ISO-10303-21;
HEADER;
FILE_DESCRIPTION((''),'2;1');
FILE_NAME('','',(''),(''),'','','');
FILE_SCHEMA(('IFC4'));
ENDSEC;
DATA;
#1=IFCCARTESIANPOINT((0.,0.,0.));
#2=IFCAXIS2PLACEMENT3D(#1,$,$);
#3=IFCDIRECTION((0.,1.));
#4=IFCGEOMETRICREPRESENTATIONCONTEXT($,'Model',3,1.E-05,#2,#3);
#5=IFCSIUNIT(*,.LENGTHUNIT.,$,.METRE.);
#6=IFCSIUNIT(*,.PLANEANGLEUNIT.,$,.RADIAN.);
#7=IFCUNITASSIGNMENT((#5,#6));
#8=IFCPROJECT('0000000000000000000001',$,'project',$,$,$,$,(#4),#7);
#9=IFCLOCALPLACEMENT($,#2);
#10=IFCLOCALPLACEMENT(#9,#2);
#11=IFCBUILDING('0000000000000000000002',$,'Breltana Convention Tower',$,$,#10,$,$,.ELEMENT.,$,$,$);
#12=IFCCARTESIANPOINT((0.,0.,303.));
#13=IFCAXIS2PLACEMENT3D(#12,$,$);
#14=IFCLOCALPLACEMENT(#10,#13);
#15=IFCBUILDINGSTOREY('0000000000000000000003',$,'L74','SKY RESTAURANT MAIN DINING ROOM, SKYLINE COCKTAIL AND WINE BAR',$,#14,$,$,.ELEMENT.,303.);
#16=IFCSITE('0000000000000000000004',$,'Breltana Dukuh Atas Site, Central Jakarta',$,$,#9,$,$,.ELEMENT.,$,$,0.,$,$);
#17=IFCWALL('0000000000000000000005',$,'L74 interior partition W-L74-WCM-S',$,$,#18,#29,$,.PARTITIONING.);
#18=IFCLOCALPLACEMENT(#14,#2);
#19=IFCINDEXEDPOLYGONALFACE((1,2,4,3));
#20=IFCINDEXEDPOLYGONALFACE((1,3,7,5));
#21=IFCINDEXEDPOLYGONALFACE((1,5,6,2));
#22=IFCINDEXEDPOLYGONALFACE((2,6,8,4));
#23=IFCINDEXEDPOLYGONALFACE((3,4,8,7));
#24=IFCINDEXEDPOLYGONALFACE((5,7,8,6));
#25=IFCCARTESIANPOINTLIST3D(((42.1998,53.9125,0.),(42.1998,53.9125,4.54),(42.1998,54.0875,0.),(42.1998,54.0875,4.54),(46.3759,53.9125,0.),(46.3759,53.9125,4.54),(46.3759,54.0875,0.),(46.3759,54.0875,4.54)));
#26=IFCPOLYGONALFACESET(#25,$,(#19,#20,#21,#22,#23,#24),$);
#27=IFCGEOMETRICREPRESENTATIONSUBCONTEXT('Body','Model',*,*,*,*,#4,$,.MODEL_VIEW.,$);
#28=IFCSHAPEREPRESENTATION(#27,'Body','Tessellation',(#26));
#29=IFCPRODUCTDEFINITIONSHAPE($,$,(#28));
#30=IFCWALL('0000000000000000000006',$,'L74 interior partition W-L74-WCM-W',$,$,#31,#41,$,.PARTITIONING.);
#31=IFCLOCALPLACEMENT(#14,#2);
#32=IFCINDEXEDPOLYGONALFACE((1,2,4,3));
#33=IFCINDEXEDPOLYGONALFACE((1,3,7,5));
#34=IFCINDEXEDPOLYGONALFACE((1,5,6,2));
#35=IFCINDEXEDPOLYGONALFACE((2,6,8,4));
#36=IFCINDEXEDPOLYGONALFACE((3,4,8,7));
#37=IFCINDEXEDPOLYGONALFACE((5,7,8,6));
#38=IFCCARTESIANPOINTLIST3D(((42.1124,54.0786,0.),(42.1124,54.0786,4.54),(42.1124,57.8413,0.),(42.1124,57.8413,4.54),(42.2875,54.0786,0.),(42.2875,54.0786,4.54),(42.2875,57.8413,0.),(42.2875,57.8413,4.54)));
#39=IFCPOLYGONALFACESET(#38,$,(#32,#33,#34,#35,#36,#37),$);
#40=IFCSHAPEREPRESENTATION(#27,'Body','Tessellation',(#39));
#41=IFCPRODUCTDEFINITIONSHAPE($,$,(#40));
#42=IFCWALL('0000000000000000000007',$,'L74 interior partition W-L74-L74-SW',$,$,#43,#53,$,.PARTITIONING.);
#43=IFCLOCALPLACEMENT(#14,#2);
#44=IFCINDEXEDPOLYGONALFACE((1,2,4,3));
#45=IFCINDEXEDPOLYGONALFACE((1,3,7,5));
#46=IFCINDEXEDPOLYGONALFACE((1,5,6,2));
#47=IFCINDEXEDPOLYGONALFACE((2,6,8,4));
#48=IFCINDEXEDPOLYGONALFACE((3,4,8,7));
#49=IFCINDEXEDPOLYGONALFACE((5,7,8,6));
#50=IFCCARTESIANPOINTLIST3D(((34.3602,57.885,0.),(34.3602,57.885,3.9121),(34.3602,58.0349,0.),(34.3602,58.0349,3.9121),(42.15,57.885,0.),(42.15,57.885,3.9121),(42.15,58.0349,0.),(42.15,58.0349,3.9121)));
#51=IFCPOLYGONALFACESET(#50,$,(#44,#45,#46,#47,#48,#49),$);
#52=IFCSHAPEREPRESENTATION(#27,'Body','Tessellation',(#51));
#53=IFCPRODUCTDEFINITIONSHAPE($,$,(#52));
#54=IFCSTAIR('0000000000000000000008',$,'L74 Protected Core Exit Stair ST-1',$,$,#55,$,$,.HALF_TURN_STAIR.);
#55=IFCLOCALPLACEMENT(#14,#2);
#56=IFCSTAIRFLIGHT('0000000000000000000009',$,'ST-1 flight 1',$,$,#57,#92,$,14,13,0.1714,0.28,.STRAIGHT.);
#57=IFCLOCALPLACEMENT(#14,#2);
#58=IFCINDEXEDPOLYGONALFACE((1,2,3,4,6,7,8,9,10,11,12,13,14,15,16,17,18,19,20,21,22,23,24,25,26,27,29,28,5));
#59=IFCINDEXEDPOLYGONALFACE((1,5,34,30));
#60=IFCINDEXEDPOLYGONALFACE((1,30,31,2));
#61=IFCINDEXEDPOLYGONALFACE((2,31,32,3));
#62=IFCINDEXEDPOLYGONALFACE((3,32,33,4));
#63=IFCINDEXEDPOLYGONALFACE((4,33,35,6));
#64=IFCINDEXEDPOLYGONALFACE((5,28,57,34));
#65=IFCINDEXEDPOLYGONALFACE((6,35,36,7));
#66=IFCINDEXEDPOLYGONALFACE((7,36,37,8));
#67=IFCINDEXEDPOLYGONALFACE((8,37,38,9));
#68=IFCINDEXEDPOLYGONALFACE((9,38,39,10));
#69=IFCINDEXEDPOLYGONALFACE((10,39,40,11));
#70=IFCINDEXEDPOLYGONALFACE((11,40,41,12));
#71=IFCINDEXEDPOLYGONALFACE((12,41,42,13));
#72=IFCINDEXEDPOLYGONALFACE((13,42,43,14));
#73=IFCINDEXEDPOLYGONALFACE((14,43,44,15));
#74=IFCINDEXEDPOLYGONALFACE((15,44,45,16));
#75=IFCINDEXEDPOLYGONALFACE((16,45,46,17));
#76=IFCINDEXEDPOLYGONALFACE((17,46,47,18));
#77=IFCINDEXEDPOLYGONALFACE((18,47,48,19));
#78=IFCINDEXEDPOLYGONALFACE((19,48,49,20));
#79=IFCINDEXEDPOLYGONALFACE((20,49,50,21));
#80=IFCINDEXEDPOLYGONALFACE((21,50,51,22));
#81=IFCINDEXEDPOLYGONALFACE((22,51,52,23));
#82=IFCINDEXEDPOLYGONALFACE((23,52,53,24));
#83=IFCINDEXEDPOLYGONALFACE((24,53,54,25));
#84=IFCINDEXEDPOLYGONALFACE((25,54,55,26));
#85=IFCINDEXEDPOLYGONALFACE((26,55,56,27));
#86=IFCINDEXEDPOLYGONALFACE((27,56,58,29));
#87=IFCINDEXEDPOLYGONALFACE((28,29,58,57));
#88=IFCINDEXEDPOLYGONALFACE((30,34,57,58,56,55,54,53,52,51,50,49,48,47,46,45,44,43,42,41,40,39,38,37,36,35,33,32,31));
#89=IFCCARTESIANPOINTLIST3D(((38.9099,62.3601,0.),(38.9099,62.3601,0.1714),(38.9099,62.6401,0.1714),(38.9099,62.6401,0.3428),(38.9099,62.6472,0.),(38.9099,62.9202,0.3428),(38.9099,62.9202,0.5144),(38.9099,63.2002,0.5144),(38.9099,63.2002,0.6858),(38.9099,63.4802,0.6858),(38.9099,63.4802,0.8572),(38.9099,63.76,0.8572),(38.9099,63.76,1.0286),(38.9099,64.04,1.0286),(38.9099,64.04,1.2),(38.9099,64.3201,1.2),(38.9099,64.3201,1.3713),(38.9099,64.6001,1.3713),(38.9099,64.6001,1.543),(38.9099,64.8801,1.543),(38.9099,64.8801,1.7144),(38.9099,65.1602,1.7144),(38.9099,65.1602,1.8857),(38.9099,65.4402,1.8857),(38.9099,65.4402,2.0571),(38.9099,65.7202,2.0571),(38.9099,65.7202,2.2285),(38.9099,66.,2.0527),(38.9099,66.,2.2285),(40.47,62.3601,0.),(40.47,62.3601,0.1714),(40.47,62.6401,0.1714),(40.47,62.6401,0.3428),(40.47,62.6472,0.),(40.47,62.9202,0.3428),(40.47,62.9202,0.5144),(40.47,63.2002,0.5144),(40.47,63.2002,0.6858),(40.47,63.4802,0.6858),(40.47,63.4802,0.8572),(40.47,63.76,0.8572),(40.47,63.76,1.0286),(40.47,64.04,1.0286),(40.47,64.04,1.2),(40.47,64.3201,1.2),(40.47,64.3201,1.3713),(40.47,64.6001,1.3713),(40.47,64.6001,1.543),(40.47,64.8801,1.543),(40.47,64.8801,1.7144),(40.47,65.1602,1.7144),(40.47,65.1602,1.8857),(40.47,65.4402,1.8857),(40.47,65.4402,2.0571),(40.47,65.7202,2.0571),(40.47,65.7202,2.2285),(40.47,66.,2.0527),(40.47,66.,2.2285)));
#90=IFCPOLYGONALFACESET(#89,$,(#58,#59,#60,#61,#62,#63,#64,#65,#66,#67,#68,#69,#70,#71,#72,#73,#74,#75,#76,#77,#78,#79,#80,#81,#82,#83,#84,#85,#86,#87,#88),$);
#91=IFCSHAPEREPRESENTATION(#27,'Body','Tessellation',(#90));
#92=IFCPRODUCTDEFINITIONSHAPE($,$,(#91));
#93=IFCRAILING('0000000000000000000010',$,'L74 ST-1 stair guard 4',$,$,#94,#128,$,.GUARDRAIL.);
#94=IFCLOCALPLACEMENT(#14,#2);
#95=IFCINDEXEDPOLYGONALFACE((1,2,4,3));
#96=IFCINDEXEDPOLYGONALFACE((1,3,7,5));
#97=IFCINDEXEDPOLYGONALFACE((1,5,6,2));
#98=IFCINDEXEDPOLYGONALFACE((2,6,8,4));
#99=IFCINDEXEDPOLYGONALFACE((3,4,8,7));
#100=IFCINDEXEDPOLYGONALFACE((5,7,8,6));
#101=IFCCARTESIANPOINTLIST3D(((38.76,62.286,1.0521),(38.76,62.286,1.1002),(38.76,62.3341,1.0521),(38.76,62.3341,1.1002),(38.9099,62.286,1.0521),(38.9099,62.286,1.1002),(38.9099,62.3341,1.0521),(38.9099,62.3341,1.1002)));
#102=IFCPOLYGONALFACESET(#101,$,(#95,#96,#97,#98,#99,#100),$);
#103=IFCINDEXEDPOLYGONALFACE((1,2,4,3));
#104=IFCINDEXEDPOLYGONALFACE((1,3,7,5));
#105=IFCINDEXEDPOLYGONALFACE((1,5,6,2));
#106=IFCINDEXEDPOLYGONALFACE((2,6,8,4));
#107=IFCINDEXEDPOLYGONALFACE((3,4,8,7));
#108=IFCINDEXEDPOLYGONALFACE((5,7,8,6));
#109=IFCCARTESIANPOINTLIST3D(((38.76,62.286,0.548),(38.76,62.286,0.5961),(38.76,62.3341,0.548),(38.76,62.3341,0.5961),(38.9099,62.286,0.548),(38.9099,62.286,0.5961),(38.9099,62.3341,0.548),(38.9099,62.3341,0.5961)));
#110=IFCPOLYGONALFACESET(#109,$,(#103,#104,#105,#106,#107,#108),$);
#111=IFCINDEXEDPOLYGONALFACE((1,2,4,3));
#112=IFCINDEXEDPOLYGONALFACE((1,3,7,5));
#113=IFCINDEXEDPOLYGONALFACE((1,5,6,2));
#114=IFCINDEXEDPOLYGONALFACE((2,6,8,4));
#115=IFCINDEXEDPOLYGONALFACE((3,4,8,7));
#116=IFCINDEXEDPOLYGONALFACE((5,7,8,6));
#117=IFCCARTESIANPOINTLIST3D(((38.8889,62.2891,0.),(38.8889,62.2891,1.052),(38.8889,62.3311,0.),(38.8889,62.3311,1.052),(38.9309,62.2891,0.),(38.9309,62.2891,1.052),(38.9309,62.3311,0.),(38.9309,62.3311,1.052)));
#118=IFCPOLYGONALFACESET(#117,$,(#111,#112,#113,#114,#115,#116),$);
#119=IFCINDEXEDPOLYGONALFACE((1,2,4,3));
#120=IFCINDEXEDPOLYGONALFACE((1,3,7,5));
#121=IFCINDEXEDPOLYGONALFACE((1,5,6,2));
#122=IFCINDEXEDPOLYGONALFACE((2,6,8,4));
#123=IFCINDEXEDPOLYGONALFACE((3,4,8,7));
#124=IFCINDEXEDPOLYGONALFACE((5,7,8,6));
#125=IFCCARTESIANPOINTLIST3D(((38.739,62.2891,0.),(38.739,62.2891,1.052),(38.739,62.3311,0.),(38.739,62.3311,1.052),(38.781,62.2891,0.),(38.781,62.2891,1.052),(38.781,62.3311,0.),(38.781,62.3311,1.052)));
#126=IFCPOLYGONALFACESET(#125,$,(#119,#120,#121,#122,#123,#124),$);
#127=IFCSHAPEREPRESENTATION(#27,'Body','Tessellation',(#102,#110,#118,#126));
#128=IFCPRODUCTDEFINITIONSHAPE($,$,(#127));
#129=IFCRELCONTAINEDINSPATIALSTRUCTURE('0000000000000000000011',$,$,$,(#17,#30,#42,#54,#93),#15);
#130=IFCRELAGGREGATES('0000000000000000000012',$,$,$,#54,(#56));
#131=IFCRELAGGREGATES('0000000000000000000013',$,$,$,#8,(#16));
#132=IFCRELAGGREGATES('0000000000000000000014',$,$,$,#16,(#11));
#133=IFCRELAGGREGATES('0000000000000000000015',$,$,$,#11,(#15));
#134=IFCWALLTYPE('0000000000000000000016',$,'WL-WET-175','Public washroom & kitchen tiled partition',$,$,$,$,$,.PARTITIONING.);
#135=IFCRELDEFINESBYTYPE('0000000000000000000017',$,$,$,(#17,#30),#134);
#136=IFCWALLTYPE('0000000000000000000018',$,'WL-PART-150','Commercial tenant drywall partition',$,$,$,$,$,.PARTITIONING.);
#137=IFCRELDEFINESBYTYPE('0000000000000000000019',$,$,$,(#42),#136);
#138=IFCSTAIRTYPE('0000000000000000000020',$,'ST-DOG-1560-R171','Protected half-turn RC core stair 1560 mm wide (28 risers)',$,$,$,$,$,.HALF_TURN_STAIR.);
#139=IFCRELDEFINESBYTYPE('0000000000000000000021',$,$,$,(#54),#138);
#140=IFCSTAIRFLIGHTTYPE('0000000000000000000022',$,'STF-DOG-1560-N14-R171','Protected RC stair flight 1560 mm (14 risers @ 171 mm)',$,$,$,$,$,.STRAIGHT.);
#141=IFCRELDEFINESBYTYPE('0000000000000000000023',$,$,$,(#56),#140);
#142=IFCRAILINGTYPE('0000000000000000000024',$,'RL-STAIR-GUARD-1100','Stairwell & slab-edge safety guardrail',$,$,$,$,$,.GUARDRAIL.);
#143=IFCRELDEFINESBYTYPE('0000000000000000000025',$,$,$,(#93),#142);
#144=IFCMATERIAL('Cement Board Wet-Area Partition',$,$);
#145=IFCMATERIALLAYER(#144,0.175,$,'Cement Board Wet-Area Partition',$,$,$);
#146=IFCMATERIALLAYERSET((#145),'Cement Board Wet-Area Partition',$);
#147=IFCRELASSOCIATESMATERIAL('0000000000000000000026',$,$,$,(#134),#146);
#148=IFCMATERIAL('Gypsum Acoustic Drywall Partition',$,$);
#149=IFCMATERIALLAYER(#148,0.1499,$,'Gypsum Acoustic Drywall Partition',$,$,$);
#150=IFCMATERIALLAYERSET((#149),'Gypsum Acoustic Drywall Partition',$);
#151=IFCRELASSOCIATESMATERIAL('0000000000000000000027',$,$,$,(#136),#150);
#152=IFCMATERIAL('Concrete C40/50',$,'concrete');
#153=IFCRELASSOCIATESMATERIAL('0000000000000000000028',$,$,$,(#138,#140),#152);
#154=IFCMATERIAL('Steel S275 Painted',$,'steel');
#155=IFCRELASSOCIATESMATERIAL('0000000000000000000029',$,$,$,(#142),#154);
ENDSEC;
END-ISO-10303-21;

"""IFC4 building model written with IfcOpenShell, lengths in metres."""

from ifc_helpers import new_model, si_unit, direction, frame, frame_2d, origin, origin_2d, place, context, subcontext, project, spatial, polyline, rectangle, outline, extrude, source, transform, mapped, material, layer, layer_set, type_object, element, aggregate, save


model = new_model("IFC4")

# Units and contexts
model_context = context("Model", 3, precision=1e-05, world=origin(), true_north=direction((0.0, 1.0)))
body_context = subcontext(model_context, "Body", "Model", "MODEL_VIEW")
ifc_project = project(units=[si_unit("LENGTHUNIT", "METRE"), si_unit("PLANEANGLEUNIT", "RADIAN")], contexts=[model_context])

# Site, building, storey
site_placement = place(None, origin())
site = spatial("IfcSite", under=ifc_project, at=site_placement, Name="Breltana Dukuh Atas Site, Central Jakarta", CompositionType="ELEMENT", RefElevation=0.0)
building_placement = place(site_placement, origin())
building = spatial("IfcBuilding", under=site, at=building_placement, Name="Breltana Convention Tower", CompositionType="ELEMENT")
storey_placement = place(building_placement, frame((0.0, 0.0, 303.0)))
storey = spatial("IfcBuildingStorey", under=building, at=storey_placement, Name="L74", Description="SKY RESTAURANT MAIN DINING ROOM, SKYLINE COCKTAIL AND WINE BAR", CompositionType="ELEMENT", Elevation=303.0)

# Walls
ifc_material_1 = material(Name="Cement Board Wet-Area Partition")
ifc_layer_1 = layer(ifc_material_1, 0.175, Name="Cement Board Wet-Area Partition")
ifc_layer_set_1 = layer_set([ifc_layer_1], Name="Cement Board Wet-Area Partition")
wall_type_1 = type_object("IfcWallType", Name="WL-WET-175", Description="Public washroom & kitchen tiled partition", PredefinedType="PARTITIONING", material=ifc_layer_set_1)
shared_shape_1 = source(origin(), body_context, "Body", "SweptSolid", [
    extrude(rectangle(XDim=4.176, YDim=0.175, at=frame_2d((2.0879, 0.0))), origin(), (0.0, 0.0, 1.0), 4.54),
])
wall_1_placement = place(storey_placement, frame((42.2, 54.0, 0.0), z_axis=(0.0, 0.0, 1.0), x_axis=(1.0, 0.0, 0.0)))
element("IfcWall", 1, at=wall_1_placement, inside=storey, type_object=wall_type_1, Name="L74 interior partition W-L74-WCM-S", PredefinedType="PARTITIONING", context=body_context, shape_type="MappedRepresentation", body=[
    mapped(shared_shape_1, transform((0.0, 0.0, 0.0), scale=1.0)),
])
shared_shape_2 = source(origin(), body_context, "Body", "SweptSolid", [
    extrude(rectangle(XDim=3.7627, YDim=0.175, at=frame_2d((1.8813, 0.0))), origin(), (0.0, 0.0, 1.0), 4.54),
])
wall_2_placement = place(storey_placement, frame((42.2, 54.0786, 0.0), z_axis=(0.0, 0.0, 1.0), x_axis=(0.0, 1.0, 0.0)))
element("IfcWall", 2, at=wall_2_placement, inside=storey, type_object=wall_type_1, Name="L74 interior partition W-L74-WCM-W", PredefinedType="PARTITIONING", context=body_context, shape_type="MappedRepresentation", body=[
    mapped(shared_shape_2, transform((0.0, 0.0, 0.0), scale=1.0)),
])
ifc_material_2 = material(Name="Gypsum Acoustic Drywall Partition")
ifc_layer_2 = layer(ifc_material_2, 0.1499, Name="Gypsum Acoustic Drywall Partition")
ifc_layer_set_2 = layer_set([ifc_layer_2], Name="Gypsum Acoustic Drywall Partition")
wall_type_2 = type_object("IfcWallType", Name="WL-PART-150", Description="Commercial tenant drywall partition", PredefinedType="PARTITIONING", material=ifc_layer_set_2)
shared_shape_3 = source(origin(), body_context, "Body", "SweptSolid", [
    extrude(rectangle(XDim=7.7898, YDim=0.1499, at=frame_2d((3.895, 0.0))), origin(), (0.0, 0.0, 1.0), 3.9121),
])
wall_3_placement = place(storey_placement, frame((34.3601, 57.96, 0.0), z_axis=(0.0, 0.0, 1.0), x_axis=(1.0, 0.0, 0.0)))
element("IfcWall", 3, at=wall_3_placement, inside=storey, type_object=wall_type_2, Name="L74 interior partition W-L74-L74-SW", PredefinedType="PARTITIONING", context=body_context, shape_type="MappedRepresentation", body=[
    mapped(shared_shape_3, transform((0.0, 0.0, 0.0), scale=1.0)),
])

# Stair, stair flight
ifc_material_3 = material(Name="Concrete C40/50", Category="concrete")
stair_type = type_object("IfcStairType", Name="ST-DOG-1560-R171", Description="Protected half-turn RC core stair 1560 mm wide (28 risers)", PredefinedType="HALF_TURN_STAIR", material=ifc_material_3)
stair_placement = place(storey_placement, origin())
stair = element("IfcStair", 4, at=stair_placement, inside=storey, type_object=stair_type, Name="L74 Protected Core Exit Stair ST-1", PredefinedType="HALF_TURN_STAIR")
stair_flight_type = type_object("IfcStairFlightType", Name="STF-DOG-1560-N14-R171", Description="Protected RC stair flight 1560 mm (14 risers @ 171 mm)", PredefinedType="STRAIGHT", material=ifc_material_3)
stair_flight_placement = place(storey_placement, frame((39.6899, 62.3601, 0.0), z_axis=(0.0, 0.0, 1.0), x_axis=(0.0, 1.0, 0.0)))
stair_flight = element("IfcStairFlight", 5, at=stair_flight_placement, type_object=stair_flight_type, Name="ST-1 flight 1", NumberOfRisers=14, NumberOfTreads=13, PredefinedType="STRAIGHT", RiserHeight=0.1714, TreadLength=0.28, context=body_context, shape_type="SweptSolid", body=[
    extrude(outline(polyline([(0.0, 0.0), (0.0, 0.1714), (0.28, 0.1714), (0.28, 0.3428), (0.5601, 0.3428), (0.5601, 0.5144), (0.8401, 0.5144), (0.8401, 0.6858), (1.1201, 0.6858), (1.1201, 0.8572), (1.3999, 0.8572), (1.3999, 1.0286), (1.6799, 1.0286), (1.6799, 1.2), (1.96, 1.2), (1.96, 1.3713), (2.24, 1.3713), (2.24, 1.543), (2.52, 1.543), (2.52, 1.7144), (2.8, 1.7144), (2.8, 1.8857), (3.0801, 1.8857), (3.0801, 2.0571), (3.3601, 2.0571), (3.3601, 2.2285), (3.6399, 2.2285), (3.6399, 2.3999), (3.6399, 2.0527), (0.2871, 0.0), (0.0, 0.0)])), frame((0.0, 0.78, 0.0), z_axis=(0.0, -1.0, 0.0), x_axis=(1.0, 0.0, 0.0)), (0.0, 0.0, 1.0), 1.5601),
])
aggregate(stair, [stair_flight])

# Railing
ifc_material_4 = material(Name="Steel S275 Painted", Category="steel")
railing_type = type_object("IfcRailingType", Name="RL-STAIR-GUARD-1100", Description="Stairwell & slab-edge safety guardrail", PredefinedType="GUARDRAIL", material=ifc_material_4)
railing_placement = place(storey_placement, frame((38.9099, 62.3101, 0.0)))
element("IfcRailing", 6, at=railing_placement, inside=storey, type_object=railing_type, Name="L74 ST-1 stair guard 4", PredefinedType="GUARDRAIL", context=body_context, shape_type="SweptSolid", body=[
    extrude(rectangle(XDim=0.0481, YDim=0.0481, at=origin_2d()), frame((0.0, 0.0, 1.0762), z_axis=(-1.0, 0.0, 0.0), x_axis=(0.0, -1.0, 0.0)), (0.0, 0.0, 1.0), 0.1499),
    extrude(rectangle(XDim=0.0481, YDim=0.0481, at=origin_2d()), frame((0.0, 0.0, 0.572), z_axis=(-1.0, 0.0, 0.0), x_axis=(0.0, -1.0, 0.0)), (0.0, 0.0, 1.0), 0.1499),
    extrude(rectangle(XDim=0.042, YDim=0.042, at=origin_2d()), origin(), (0.0, 0.0, 1.0), 1.052),
    extrude(rectangle(XDim=0.042, YDim=0.042, at=origin_2d()), frame((-0.1499, 0.0, 0.0)), (0.0, 0.0, 1.0), 1.052),
])

save(model, "model.ifc")
